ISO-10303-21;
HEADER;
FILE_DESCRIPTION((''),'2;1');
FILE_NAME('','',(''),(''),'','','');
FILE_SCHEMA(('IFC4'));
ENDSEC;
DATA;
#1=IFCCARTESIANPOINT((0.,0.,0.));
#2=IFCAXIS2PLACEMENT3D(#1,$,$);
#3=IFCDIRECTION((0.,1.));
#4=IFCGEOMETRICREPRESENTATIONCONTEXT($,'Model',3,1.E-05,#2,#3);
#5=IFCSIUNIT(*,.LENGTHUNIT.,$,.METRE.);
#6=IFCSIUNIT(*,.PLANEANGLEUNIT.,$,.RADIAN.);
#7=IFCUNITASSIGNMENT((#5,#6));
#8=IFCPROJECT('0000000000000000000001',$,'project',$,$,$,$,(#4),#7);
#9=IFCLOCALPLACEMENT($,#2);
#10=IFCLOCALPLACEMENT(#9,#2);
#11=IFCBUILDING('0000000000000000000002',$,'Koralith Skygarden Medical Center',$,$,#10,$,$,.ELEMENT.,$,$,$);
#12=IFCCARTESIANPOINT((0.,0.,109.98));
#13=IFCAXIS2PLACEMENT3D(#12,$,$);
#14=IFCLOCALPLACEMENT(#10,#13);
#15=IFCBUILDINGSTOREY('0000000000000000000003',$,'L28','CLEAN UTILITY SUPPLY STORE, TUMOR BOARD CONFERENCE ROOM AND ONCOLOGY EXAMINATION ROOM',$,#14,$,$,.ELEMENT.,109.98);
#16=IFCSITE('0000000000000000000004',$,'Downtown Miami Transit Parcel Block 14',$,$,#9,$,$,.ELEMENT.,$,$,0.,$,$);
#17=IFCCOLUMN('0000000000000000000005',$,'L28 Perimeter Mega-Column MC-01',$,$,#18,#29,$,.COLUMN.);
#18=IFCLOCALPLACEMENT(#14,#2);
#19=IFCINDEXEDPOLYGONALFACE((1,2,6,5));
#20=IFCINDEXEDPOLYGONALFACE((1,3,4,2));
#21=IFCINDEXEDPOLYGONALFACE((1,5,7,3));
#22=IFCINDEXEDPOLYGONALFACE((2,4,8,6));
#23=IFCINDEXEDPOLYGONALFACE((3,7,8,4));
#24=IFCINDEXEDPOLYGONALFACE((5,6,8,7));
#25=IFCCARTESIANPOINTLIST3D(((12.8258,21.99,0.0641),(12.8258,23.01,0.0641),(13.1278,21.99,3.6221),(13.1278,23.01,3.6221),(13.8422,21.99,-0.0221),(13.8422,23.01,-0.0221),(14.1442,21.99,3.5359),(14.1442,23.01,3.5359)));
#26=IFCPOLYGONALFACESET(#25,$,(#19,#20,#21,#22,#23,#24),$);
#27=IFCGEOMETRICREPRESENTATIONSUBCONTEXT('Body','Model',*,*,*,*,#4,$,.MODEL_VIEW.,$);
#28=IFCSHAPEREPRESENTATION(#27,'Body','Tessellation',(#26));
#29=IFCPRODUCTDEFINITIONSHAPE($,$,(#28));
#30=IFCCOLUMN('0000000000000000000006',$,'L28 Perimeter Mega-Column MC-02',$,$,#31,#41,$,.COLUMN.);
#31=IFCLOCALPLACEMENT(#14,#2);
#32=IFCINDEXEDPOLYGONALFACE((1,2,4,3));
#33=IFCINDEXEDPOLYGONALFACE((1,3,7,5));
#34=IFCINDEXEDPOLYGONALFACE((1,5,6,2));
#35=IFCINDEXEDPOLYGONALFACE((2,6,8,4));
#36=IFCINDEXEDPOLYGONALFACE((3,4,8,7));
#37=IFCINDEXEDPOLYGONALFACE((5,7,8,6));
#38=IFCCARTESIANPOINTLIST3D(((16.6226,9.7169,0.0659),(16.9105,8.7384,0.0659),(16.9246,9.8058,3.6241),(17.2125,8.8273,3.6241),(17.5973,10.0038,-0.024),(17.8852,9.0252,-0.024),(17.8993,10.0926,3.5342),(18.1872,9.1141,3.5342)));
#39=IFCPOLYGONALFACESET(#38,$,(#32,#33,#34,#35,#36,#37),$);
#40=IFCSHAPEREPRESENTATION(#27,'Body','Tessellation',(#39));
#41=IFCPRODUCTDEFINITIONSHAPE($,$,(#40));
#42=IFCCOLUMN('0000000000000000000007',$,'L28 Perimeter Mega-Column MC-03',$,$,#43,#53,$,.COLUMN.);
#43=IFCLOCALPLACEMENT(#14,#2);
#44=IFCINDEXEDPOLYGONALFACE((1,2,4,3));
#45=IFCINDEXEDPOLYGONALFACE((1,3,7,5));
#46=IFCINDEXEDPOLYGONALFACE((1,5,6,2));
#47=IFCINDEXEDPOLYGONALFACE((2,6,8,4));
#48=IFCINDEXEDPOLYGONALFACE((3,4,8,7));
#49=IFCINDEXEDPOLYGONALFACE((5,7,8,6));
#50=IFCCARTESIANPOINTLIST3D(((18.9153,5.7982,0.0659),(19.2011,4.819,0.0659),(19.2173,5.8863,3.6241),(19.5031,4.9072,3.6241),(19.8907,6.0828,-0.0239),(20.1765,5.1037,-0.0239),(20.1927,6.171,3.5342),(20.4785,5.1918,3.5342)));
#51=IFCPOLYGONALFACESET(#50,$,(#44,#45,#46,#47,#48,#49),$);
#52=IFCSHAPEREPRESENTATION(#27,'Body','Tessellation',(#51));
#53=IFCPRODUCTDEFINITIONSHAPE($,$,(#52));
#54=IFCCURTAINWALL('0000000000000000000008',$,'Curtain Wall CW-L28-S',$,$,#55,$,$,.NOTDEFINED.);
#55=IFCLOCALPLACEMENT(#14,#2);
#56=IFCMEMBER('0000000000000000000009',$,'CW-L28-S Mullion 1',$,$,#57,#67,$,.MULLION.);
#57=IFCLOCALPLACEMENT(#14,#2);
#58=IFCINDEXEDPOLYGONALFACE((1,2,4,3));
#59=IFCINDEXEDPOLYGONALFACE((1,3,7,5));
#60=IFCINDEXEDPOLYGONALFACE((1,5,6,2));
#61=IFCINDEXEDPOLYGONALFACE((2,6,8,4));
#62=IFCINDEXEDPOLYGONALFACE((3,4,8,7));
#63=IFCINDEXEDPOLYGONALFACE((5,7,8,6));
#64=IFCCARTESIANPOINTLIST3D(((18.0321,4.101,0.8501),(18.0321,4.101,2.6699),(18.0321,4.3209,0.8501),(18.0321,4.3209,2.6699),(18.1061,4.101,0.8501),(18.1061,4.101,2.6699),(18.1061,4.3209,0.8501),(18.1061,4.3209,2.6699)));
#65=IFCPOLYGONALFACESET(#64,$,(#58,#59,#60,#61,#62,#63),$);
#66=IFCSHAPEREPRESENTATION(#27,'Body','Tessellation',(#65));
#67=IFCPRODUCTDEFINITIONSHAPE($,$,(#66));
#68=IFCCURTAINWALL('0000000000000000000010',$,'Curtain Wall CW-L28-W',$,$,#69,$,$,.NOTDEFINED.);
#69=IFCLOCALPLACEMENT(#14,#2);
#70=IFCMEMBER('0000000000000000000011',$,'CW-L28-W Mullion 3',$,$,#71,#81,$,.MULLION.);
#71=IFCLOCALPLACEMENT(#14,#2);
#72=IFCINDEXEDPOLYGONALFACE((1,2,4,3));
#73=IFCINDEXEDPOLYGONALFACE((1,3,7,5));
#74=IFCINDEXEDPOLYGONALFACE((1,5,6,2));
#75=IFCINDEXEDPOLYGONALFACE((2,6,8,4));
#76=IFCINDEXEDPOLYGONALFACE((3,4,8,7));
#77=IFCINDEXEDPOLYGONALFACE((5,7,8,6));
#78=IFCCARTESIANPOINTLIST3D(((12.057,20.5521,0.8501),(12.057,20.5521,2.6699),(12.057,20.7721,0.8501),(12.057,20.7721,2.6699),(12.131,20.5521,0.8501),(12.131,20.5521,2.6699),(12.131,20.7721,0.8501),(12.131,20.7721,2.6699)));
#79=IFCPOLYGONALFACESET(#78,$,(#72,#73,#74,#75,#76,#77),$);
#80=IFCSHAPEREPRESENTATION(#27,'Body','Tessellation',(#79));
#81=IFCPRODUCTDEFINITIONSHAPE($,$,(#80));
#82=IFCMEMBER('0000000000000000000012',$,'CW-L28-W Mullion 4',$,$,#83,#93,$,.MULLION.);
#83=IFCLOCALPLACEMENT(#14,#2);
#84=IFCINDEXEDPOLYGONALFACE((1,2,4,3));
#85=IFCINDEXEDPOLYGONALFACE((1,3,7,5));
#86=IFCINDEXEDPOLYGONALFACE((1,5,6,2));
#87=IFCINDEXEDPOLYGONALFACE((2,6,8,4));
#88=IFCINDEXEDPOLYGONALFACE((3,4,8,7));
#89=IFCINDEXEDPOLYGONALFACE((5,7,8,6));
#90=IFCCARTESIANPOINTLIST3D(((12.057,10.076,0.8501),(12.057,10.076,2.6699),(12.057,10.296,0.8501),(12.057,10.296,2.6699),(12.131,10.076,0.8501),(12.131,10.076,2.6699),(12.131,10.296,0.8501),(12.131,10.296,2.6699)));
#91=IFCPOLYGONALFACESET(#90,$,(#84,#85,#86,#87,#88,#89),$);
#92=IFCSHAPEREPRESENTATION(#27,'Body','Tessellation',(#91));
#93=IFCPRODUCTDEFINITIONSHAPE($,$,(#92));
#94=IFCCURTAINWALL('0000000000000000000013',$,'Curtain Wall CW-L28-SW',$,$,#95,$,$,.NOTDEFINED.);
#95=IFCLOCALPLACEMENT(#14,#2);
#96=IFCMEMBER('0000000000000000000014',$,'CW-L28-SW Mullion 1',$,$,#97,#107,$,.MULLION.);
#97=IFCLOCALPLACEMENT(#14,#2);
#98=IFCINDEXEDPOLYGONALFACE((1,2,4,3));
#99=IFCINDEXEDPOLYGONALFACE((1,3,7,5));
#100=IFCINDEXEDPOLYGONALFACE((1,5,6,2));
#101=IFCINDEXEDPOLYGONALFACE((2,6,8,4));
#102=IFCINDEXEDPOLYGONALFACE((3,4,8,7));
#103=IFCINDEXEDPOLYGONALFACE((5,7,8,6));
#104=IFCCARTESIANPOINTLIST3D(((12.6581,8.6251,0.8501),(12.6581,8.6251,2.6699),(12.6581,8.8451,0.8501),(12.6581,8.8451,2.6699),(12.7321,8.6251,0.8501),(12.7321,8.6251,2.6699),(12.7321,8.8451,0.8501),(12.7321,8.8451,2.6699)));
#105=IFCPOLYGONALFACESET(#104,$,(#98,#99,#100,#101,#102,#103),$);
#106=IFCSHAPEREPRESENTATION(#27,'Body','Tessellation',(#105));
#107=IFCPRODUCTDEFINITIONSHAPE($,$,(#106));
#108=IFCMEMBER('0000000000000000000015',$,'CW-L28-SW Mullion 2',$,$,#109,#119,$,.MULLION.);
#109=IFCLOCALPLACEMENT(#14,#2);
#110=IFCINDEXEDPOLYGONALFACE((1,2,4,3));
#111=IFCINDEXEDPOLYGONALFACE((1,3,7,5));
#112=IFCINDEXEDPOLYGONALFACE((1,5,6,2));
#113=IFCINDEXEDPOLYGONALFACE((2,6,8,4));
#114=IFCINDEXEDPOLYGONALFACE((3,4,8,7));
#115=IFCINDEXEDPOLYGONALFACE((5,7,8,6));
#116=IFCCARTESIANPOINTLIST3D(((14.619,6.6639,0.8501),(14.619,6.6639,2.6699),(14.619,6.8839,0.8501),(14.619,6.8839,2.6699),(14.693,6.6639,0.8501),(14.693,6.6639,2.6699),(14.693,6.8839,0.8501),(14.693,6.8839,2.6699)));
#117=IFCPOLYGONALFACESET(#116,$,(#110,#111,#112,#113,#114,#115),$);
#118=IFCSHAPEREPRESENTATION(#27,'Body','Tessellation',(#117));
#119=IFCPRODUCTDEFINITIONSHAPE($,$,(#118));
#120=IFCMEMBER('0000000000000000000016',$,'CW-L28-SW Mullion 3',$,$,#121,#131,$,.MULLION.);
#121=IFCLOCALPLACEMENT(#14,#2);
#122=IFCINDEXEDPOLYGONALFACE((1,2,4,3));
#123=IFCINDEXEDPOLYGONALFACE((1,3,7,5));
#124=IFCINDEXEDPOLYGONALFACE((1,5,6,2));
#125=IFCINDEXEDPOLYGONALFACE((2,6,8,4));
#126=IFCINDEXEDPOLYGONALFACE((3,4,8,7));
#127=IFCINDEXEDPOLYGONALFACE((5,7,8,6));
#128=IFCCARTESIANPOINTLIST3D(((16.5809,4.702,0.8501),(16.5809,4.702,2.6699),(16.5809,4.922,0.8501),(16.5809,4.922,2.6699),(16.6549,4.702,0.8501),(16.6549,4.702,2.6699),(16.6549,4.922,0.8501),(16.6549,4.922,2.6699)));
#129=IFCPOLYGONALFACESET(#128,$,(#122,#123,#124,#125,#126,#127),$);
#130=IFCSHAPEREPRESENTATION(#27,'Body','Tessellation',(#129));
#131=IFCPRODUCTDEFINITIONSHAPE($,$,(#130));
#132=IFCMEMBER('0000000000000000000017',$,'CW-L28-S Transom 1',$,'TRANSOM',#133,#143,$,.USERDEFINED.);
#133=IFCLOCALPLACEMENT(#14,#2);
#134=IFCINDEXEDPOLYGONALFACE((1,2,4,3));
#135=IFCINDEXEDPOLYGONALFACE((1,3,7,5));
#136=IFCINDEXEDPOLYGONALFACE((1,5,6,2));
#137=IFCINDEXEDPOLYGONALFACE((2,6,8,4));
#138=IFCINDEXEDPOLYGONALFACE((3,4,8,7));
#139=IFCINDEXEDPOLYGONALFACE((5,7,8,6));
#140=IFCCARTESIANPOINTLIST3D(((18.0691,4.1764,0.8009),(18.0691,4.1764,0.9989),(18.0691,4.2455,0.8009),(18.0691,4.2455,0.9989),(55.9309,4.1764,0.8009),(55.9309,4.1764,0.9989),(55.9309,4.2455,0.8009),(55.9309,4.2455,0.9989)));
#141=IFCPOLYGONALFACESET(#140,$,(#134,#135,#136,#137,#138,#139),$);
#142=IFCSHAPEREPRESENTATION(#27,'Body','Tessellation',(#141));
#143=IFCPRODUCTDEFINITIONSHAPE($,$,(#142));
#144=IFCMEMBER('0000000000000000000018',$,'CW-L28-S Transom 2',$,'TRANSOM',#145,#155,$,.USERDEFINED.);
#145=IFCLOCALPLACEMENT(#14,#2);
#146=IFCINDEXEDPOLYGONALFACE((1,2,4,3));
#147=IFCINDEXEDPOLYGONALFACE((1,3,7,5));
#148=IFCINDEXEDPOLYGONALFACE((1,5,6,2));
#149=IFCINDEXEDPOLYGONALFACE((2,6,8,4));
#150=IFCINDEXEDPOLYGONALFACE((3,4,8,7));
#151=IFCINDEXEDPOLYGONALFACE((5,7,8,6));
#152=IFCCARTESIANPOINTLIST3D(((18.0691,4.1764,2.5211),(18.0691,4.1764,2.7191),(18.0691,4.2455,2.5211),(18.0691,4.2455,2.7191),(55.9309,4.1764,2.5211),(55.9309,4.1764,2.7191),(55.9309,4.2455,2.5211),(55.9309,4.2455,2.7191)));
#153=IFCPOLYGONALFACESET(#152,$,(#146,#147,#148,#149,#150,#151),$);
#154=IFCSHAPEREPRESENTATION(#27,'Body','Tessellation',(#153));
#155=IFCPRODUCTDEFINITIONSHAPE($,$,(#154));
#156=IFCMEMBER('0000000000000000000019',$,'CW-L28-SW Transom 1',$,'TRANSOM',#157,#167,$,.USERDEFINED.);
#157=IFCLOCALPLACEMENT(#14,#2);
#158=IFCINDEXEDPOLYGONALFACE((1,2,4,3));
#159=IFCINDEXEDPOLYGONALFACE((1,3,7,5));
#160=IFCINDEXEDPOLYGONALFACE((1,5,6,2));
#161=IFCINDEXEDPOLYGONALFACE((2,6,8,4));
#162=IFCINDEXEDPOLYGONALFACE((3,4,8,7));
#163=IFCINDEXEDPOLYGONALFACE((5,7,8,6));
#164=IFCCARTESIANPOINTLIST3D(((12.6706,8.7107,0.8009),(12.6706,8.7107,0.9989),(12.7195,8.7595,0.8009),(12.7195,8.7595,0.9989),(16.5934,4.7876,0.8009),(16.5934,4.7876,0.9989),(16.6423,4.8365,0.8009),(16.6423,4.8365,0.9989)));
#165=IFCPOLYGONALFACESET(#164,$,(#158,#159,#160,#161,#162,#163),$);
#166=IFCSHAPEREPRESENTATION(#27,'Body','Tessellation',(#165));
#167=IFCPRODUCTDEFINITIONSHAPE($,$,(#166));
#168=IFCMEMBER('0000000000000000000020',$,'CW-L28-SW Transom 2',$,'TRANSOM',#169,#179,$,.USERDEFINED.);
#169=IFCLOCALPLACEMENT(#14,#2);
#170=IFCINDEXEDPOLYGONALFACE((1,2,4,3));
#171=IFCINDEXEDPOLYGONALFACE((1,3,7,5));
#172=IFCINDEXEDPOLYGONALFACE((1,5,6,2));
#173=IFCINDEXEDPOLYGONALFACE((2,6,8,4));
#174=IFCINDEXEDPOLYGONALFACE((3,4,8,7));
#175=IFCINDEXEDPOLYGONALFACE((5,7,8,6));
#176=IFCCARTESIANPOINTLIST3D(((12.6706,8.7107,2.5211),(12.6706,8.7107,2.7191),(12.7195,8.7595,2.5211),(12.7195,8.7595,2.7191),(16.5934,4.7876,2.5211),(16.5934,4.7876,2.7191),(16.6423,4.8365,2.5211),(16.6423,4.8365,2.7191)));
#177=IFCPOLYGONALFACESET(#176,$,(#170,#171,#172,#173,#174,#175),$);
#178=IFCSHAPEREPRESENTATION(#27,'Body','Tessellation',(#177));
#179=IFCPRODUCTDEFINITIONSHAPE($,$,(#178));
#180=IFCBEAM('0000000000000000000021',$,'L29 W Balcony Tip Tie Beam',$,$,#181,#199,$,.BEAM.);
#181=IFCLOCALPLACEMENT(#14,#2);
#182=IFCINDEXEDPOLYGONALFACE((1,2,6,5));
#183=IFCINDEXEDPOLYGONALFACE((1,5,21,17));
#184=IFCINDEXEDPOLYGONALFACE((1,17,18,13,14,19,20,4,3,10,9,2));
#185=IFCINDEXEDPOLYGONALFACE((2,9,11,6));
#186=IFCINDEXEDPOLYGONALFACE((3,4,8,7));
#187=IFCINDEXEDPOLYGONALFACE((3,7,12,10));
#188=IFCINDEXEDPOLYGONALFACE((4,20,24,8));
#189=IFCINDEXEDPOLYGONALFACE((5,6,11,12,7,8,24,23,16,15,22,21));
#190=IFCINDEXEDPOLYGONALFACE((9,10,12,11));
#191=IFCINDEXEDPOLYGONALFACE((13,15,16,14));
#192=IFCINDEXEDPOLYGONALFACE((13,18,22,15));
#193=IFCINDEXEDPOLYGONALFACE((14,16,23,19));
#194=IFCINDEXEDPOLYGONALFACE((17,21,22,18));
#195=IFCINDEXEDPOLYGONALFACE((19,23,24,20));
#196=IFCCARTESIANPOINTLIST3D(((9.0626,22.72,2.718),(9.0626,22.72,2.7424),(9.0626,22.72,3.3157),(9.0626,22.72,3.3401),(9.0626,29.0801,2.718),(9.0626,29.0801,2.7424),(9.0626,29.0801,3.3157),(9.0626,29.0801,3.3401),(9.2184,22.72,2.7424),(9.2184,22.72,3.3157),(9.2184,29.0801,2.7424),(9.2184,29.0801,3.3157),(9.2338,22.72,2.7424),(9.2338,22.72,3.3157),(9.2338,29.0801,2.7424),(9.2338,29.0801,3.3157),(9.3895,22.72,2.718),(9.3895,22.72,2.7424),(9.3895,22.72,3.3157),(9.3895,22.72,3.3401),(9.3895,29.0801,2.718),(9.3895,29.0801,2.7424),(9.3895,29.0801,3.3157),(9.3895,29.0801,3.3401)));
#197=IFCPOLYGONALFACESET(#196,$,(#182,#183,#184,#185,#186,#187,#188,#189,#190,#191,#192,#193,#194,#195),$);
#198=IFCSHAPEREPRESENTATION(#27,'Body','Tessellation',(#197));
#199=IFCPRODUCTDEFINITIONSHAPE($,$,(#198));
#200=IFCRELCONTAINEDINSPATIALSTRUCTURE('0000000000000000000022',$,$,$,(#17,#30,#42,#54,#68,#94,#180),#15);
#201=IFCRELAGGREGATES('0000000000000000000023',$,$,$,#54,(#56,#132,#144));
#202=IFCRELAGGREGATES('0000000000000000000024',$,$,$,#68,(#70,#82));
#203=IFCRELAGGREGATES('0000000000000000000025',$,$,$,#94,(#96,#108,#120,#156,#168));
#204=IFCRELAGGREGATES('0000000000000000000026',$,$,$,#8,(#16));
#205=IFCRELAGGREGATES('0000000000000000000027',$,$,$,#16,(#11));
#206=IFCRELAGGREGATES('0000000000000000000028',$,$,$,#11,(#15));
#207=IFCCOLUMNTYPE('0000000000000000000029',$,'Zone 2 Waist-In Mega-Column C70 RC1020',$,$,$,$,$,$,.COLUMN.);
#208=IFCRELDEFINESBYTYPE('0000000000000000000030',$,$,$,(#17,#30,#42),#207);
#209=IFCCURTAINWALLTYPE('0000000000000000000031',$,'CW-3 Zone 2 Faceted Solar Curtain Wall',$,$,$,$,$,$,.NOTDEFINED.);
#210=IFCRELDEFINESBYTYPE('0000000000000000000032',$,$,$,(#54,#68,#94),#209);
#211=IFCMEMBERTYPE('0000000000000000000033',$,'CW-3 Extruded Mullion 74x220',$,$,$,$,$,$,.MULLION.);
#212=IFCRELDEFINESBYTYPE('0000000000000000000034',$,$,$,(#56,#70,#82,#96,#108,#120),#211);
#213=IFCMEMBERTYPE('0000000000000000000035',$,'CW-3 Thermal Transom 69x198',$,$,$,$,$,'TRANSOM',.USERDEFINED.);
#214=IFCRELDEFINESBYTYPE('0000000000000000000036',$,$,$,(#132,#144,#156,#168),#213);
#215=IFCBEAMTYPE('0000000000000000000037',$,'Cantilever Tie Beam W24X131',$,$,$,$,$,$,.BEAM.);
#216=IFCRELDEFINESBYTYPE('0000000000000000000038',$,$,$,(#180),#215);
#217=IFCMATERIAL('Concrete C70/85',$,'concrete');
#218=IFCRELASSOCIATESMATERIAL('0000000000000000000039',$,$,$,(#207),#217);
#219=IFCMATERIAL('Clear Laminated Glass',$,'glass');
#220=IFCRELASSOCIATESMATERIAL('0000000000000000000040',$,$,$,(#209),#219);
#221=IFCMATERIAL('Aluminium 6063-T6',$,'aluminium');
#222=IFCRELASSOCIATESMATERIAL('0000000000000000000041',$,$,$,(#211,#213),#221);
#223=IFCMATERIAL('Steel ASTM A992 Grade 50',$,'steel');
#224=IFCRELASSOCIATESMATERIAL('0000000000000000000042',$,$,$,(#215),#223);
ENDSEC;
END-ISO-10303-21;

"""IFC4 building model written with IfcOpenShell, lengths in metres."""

from ifc_helpers import new_model, si_unit, direction, frame, origin, origin_2d, place, context, subcontext, project, spatial, rectangle, i_section, extrude, material, material_profile, profile_set, type_object, element, aggregate, save


model = new_model("IFC4")

# Units and contexts
model_context = context("Model", 3, precision=1e-05, world=origin(), true_north=direction((0.0, 1.0)))
body_context = subcontext(model_context, "Body", "Model", "MODEL_VIEW")
ifc_project = project(units=[si_unit("LENGTHUNIT", "METRE"), si_unit("PLANEANGLEUNIT", "RADIAN")], contexts=[model_context])

# Site, building, storey
site_placement = place(None, origin())
site = spatial("IfcSite", under=ifc_project, at=site_placement, Name="Downtown Miami Transit Parcel Block 14", CompositionType="ELEMENT", RefElevation=0.0)
building_placement = place(site_placement, origin())
building = spatial("IfcBuilding", under=site, at=building_placement, Name="Koralith Skygarden Medical Center", CompositionType="ELEMENT")
storey_placement = place(building_placement, frame((0.0, 0.0, 109.98)))
storey = spatial("IfcBuildingStorey", under=building, at=storey_placement, Name="L28", Description="CLEAN UTILITY SUPPLY STORE, TUMOR BOARD CONFERENCE ROOM AND ONCOLOGY EXAMINATION ROOM", CompositionType="ELEMENT", Elevation=109.98)

# Columns
ifc_material_1 = material(Name="Concrete C70/85", Category="concrete")
ifc_material_profile_1 = material_profile(ifc_material_1, rectangle(XDim=1.02, YDim=1.02, at=origin_2d()), Name="RC1020X1020")
ifc_profile_set_1 = profile_set([ifc_material_profile_1], Name="Concrete C70/85")
column_type = type_object("IfcColumnType", Name="Zone 2 Waist-In Mega-Column C70 RC1020", PredefinedType="COLUMN", material=ifc_profile_set_1)
column_placement = place(storey_placement, frame((13.334, 22.5, 0.021), z_axis=(0.084573, 0.0, 0.996417), x_axis=(0.0, 1.0, 0.0)))
element("IfcColumn", 1, at=column_placement, inside=storey, type_object=column_type, Name="L28 Perimeter Mega-Column MC-01", PredefinedType="COLUMN", context=body_context, shape_type="SweptSolid", body=[
    extrude(rectangle(XDim=1.02, YDim=1.02, at=origin_2d()), origin(), (0.0, 0.0, 1.0), 3.5708),
])
for number, where, z_axis, x_axis, name in (
    (2, (17.2539, 9.3711, 0.021), (0.084547, 0.024879, 0.996109), (-0.282292, 0.959328, 0.0), "L28 Perimeter Mega-Column MC-02"),
    (3, (19.5459, 5.4509, 0.021), (0.084547, 0.024674, 0.996114), (-0.280149, 0.959957, 0.0), "L28 Perimeter Mega-Column MC-03"),
):
    element("IfcColumn", number, at=place(storey_placement, frame(where, z_axis=z_axis, x_axis=x_axis)), inside=storey, type_object=column_type, Name=name, PredefinedType="COLUMN", context=body_context, shape_type="SweptSolid", body=[
        extrude(rectangle(XDim=1.02, YDim=1.02, at=origin_2d()), origin(), (0.0, 0.0, 1.0), 3.572),
    ])

# Curtain wall, member
ifc_material_2 = material(Name="Clear Laminated Glass", Category="glass")
curtain_wall_type = type_object("IfcCurtainWallType", Name="CW-3 Zone 2 Faceted Solar Curtain Wall", PredefinedType="NOTDEFINED", material=ifc_material_2)
curtain_wall_1_placement = place(storey_placement, origin())
curtain_wall_1 = element("IfcCurtainWall", 4, at=curtain_wall_1_placement, inside=storey, type_object=curtain_wall_type, Name="Curtain Wall CW-L28-S", PredefinedType="NOTDEFINED")
ifc_material_3 = material(Name="Aluminium 6063-T6", Category="aluminium")
ifc_material_profile_2 = material_profile(ifc_material_3, rectangle(XDim=0.074, YDim=0.22, at=origin_2d()), Name="MUL74X220")
ifc_profile_set_2 = profile_set([ifc_material_profile_2], Name="Aluminium 6063-T6")
member_type_1 = type_object("IfcMemberType", Name="CW-3 Extruded Mullion 74x220", PredefinedType="MULLION", material=ifc_profile_set_2)
member_1_placement = place(storey_placement, frame((18.0691, 4.2109, 0.8501), z_axis=(0.0, 0.0, 1.0), x_axis=(1.0, 0.0, 0.0)))
member_1 = element("IfcMember", 5, at=member_1_placement, type_object=member_type_1, Name="CW-L28-S Mullion 1", PredefinedType="MULLION", context=body_context, shape_type="SweptSolid", body=[
    extrude(rectangle(XDim=0.074, YDim=0.22, at=origin_2d()), origin(), (0.0, 0.0, 1.0), 1.8198),
])

# Curtain walls, members
curtain_wall_2_placement = place(storey_placement, origin())
curtain_wall_2 = element("IfcCurtainWall", 6, at=curtain_wall_2_placement, inside=storey, type_object=curtain_wall_type, Name="Curtain Wall CW-L28-W", PredefinedType="NOTDEFINED")
member_2_placement = place(storey_placement, frame((12.094, 20.6621, 0.8501), z_axis=(0.0, 0.0, 1.0), x_axis=(1.0, 0.0, 0.0)))
member_2 = element("IfcMember", 7, at=member_2_placement, type_object=member_type_1, Name="CW-L28-W Mullion 3", PredefinedType="MULLION", context=body_context, shape_type="SweptSolid", body=[
    extrude(rectangle(XDim=0.074, YDim=0.22, at=origin_2d()), origin(), (0.0, 0.0, 1.0), 1.8198),
])
member_3_placement = place(storey_placement, frame((12.094, 10.186, 0.8501), z_axis=(0.0, 0.0, 1.0), x_axis=(1.0, 0.0, 0.0)))
member_3 = element("IfcMember", 8, at=member_3_placement, type_object=member_type_1, Name="CW-L28-W Mullion 4", PredefinedType="MULLION", context=body_context, shape_type="SweptSolid", body=[
    extrude(rectangle(XDim=0.074, YDim=0.22, at=origin_2d()), origin(), (0.0, 0.0, 1.0), 1.8198),
])
curtain_wall_3_placement = place(storey_placement, origin())
curtain_wall_3 = element("IfcCurtainWall", 9, at=curtain_wall_3_placement, inside=storey, type_object=curtain_wall_type, Name="Curtain Wall CW-L28-SW", PredefinedType="NOTDEFINED")
member_4_placement = place(storey_placement, frame((12.6951, 8.7351, 0.8501), z_axis=(0.0, 0.0, 1.0), x_axis=(1.0, 0.0, 0.0)))
member_4 = element("IfcMember", 10, at=member_4_placement, type_object=member_type_1, Name="CW-L28-SW Mullion 1", PredefinedType="MULLION", context=body_context, shape_type="SweptSolid", body=[
    extrude(rectangle(XDim=0.074, YDim=0.22, at=origin_2d()), origin(), (0.0, 0.0, 1.0), 1.8198),
])
member_5_placement = place(storey_placement, frame((14.656, 6.7739, 0.8501), z_axis=(0.0, 0.0, 1.0), x_axis=(1.0, 0.0, 0.0)))
member_5 = element("IfcMember", 11, at=member_5_placement, type_object=member_type_1, Name="CW-L28-SW Mullion 2", PredefinedType="MULLION", context=body_context, shape_type="SweptSolid", body=[
    extrude(rectangle(XDim=0.074, YDim=0.22, at=origin_2d()), origin(), (0.0, 0.0, 1.0), 1.8198),
])
member_6_placement = place(storey_placement, frame((16.6179, 4.812, 0.8501), z_axis=(0.0, 0.0, 1.0), x_axis=(1.0, 0.0, 0.0)))
member_6 = element("IfcMember", 12, at=member_6_placement, type_object=member_type_1, Name="CW-L28-SW Mullion 3", PredefinedType="MULLION", context=body_context, shape_type="SweptSolid", body=[
    extrude(rectangle(XDim=0.074, YDim=0.22, at=origin_2d()), origin(), (0.0, 0.0, 1.0), 1.8198),
])

# Members
ifc_material_profile_3 = material_profile(ifc_material_3, rectangle(XDim=0.0691, YDim=0.198, at=origin_2d()), Name="TRN69X198")
ifc_profile_set_3 = profile_set([ifc_material_profile_3], Name="Aluminium 6063-T6")
member_type_2 = type_object("IfcMemberType", Name="CW-3 Thermal Transom 69x198", ElementType="TRANSOM", PredefinedType="USERDEFINED", material=ifc_profile_set_3)
member_7_placement = place(storey_placement, frame((18.0691, 4.2109, 0.8999), z_axis=(1.0, 0.0, 0.0), x_axis=(0.0, 1.0, 0.0)))
member_7 = element("IfcMember", 13, at=member_7_placement, type_object=member_type_2, Name="CW-L28-S Transom 1", ObjectType="TRANSOM", PredefinedType="USERDEFINED", context=body_context, shape_type="SweptSolid", body=[
    extrude(rectangle(XDim=0.0691, YDim=0.198, at=origin_2d()), origin(), (0.0, 0.0, 1.0), 37.8618),
])
member_8_placement = place(storey_placement, frame((18.0691, 4.2109, 2.6201), z_axis=(1.0, 0.0, 0.0), x_axis=(0.0, 1.0, 0.0)))
member_8 = element("IfcMember", 14, at=member_8_placement, type_object=member_type_2, Name="CW-L28-S Transom 2", ObjectType="TRANSOM", PredefinedType="USERDEFINED", context=body_context, shape_type="SweptSolid", body=[
    extrude(rectangle(XDim=0.0691, YDim=0.198, at=origin_2d()), origin(), (0.0, 0.0, 1.0), 37.8618),
])
aggregate(curtain_wall_1, [member_1, member_7, member_8])
member_9_placement = place(storey_placement, frame((12.6951, 8.7351, 0.8999), z_axis=(0.707085, -0.707129, 0.0), x_axis=(0.707129, 0.707085, 0.0)))
member_9 = element("IfcMember", 15, at=member_9_placement, type_object=member_type_2, Name="CW-L28-SW Transom 1", ObjectType="TRANSOM", PredefinedType="USERDEFINED", context=body_context, shape_type="SweptSolid", body=[
    extrude(rectangle(XDim=0.0691, YDim=0.198, at=origin_2d()), origin(), (0.0, 0.0, 1.0), 5.5479),
])
member_10_placement = place(storey_placement, frame((12.6951, 8.7351, 2.6201), z_axis=(0.707085, -0.707129, 0.0), x_axis=(0.707129, 0.707085, 0.0)))
member_10 = element("IfcMember", 16, at=member_10_placement, type_object=member_type_2, Name="CW-L28-SW Transom 2", ObjectType="TRANSOM", PredefinedType="USERDEFINED", context=body_context, shape_type="SweptSolid", body=[
    extrude(rectangle(XDim=0.0691, YDim=0.198, at=origin_2d()), origin(), (0.0, 0.0, 1.0), 5.5479),
])

# Beam
ifc_material_4 = material(Name="Steel ASTM A992 Grade 50", Category="steel")
ifc_material_profile_4 = material_profile(ifc_material_4, i_section(OverallWidth=0.3269, OverallDepth=0.6221, WebThickness=0.0154, FlangeThickness=0.0244, at=origin_2d()), Name="W24X131")
ifc_profile_set_4 = profile_set([ifc_material_profile_4], Name="Steel ASTM A992 Grade 50")
beam_type_1 = type_object("IfcBeamType", Name="Cantilever Tie Beam W24X131", PredefinedType="BEAM", material=ifc_profile_set_4)
beam_1_placement = place(storey_placement, frame((9.2261, 22.72, 3.0291), z_axis=(0.0, 1.0, 0.0), x_axis=(-1.0, 0.0, 0.0)))
element("IfcBeam", 17, at=beam_1_placement, inside=storey, type_object=beam_type_1, Name="L29 W Balcony Tip Tie Beam", PredefinedType="BEAM", context=body_context, shape_type="SweptSolid", body=[
    extrude(i_section(OverallWidth=0.3269, OverallDepth=0.6221, WebThickness=0.0154, FlangeThickness=0.0244, at=origin_2d()), origin(), (0.0, 0.0, 1.0), 6.3601),
])

aggregate(curtain_wall_2, [member_2, member_3])
aggregate(curtain_wall_3, [member_4, member_5, member_6, member_9, member_10])

save(model, "model.ifc")
